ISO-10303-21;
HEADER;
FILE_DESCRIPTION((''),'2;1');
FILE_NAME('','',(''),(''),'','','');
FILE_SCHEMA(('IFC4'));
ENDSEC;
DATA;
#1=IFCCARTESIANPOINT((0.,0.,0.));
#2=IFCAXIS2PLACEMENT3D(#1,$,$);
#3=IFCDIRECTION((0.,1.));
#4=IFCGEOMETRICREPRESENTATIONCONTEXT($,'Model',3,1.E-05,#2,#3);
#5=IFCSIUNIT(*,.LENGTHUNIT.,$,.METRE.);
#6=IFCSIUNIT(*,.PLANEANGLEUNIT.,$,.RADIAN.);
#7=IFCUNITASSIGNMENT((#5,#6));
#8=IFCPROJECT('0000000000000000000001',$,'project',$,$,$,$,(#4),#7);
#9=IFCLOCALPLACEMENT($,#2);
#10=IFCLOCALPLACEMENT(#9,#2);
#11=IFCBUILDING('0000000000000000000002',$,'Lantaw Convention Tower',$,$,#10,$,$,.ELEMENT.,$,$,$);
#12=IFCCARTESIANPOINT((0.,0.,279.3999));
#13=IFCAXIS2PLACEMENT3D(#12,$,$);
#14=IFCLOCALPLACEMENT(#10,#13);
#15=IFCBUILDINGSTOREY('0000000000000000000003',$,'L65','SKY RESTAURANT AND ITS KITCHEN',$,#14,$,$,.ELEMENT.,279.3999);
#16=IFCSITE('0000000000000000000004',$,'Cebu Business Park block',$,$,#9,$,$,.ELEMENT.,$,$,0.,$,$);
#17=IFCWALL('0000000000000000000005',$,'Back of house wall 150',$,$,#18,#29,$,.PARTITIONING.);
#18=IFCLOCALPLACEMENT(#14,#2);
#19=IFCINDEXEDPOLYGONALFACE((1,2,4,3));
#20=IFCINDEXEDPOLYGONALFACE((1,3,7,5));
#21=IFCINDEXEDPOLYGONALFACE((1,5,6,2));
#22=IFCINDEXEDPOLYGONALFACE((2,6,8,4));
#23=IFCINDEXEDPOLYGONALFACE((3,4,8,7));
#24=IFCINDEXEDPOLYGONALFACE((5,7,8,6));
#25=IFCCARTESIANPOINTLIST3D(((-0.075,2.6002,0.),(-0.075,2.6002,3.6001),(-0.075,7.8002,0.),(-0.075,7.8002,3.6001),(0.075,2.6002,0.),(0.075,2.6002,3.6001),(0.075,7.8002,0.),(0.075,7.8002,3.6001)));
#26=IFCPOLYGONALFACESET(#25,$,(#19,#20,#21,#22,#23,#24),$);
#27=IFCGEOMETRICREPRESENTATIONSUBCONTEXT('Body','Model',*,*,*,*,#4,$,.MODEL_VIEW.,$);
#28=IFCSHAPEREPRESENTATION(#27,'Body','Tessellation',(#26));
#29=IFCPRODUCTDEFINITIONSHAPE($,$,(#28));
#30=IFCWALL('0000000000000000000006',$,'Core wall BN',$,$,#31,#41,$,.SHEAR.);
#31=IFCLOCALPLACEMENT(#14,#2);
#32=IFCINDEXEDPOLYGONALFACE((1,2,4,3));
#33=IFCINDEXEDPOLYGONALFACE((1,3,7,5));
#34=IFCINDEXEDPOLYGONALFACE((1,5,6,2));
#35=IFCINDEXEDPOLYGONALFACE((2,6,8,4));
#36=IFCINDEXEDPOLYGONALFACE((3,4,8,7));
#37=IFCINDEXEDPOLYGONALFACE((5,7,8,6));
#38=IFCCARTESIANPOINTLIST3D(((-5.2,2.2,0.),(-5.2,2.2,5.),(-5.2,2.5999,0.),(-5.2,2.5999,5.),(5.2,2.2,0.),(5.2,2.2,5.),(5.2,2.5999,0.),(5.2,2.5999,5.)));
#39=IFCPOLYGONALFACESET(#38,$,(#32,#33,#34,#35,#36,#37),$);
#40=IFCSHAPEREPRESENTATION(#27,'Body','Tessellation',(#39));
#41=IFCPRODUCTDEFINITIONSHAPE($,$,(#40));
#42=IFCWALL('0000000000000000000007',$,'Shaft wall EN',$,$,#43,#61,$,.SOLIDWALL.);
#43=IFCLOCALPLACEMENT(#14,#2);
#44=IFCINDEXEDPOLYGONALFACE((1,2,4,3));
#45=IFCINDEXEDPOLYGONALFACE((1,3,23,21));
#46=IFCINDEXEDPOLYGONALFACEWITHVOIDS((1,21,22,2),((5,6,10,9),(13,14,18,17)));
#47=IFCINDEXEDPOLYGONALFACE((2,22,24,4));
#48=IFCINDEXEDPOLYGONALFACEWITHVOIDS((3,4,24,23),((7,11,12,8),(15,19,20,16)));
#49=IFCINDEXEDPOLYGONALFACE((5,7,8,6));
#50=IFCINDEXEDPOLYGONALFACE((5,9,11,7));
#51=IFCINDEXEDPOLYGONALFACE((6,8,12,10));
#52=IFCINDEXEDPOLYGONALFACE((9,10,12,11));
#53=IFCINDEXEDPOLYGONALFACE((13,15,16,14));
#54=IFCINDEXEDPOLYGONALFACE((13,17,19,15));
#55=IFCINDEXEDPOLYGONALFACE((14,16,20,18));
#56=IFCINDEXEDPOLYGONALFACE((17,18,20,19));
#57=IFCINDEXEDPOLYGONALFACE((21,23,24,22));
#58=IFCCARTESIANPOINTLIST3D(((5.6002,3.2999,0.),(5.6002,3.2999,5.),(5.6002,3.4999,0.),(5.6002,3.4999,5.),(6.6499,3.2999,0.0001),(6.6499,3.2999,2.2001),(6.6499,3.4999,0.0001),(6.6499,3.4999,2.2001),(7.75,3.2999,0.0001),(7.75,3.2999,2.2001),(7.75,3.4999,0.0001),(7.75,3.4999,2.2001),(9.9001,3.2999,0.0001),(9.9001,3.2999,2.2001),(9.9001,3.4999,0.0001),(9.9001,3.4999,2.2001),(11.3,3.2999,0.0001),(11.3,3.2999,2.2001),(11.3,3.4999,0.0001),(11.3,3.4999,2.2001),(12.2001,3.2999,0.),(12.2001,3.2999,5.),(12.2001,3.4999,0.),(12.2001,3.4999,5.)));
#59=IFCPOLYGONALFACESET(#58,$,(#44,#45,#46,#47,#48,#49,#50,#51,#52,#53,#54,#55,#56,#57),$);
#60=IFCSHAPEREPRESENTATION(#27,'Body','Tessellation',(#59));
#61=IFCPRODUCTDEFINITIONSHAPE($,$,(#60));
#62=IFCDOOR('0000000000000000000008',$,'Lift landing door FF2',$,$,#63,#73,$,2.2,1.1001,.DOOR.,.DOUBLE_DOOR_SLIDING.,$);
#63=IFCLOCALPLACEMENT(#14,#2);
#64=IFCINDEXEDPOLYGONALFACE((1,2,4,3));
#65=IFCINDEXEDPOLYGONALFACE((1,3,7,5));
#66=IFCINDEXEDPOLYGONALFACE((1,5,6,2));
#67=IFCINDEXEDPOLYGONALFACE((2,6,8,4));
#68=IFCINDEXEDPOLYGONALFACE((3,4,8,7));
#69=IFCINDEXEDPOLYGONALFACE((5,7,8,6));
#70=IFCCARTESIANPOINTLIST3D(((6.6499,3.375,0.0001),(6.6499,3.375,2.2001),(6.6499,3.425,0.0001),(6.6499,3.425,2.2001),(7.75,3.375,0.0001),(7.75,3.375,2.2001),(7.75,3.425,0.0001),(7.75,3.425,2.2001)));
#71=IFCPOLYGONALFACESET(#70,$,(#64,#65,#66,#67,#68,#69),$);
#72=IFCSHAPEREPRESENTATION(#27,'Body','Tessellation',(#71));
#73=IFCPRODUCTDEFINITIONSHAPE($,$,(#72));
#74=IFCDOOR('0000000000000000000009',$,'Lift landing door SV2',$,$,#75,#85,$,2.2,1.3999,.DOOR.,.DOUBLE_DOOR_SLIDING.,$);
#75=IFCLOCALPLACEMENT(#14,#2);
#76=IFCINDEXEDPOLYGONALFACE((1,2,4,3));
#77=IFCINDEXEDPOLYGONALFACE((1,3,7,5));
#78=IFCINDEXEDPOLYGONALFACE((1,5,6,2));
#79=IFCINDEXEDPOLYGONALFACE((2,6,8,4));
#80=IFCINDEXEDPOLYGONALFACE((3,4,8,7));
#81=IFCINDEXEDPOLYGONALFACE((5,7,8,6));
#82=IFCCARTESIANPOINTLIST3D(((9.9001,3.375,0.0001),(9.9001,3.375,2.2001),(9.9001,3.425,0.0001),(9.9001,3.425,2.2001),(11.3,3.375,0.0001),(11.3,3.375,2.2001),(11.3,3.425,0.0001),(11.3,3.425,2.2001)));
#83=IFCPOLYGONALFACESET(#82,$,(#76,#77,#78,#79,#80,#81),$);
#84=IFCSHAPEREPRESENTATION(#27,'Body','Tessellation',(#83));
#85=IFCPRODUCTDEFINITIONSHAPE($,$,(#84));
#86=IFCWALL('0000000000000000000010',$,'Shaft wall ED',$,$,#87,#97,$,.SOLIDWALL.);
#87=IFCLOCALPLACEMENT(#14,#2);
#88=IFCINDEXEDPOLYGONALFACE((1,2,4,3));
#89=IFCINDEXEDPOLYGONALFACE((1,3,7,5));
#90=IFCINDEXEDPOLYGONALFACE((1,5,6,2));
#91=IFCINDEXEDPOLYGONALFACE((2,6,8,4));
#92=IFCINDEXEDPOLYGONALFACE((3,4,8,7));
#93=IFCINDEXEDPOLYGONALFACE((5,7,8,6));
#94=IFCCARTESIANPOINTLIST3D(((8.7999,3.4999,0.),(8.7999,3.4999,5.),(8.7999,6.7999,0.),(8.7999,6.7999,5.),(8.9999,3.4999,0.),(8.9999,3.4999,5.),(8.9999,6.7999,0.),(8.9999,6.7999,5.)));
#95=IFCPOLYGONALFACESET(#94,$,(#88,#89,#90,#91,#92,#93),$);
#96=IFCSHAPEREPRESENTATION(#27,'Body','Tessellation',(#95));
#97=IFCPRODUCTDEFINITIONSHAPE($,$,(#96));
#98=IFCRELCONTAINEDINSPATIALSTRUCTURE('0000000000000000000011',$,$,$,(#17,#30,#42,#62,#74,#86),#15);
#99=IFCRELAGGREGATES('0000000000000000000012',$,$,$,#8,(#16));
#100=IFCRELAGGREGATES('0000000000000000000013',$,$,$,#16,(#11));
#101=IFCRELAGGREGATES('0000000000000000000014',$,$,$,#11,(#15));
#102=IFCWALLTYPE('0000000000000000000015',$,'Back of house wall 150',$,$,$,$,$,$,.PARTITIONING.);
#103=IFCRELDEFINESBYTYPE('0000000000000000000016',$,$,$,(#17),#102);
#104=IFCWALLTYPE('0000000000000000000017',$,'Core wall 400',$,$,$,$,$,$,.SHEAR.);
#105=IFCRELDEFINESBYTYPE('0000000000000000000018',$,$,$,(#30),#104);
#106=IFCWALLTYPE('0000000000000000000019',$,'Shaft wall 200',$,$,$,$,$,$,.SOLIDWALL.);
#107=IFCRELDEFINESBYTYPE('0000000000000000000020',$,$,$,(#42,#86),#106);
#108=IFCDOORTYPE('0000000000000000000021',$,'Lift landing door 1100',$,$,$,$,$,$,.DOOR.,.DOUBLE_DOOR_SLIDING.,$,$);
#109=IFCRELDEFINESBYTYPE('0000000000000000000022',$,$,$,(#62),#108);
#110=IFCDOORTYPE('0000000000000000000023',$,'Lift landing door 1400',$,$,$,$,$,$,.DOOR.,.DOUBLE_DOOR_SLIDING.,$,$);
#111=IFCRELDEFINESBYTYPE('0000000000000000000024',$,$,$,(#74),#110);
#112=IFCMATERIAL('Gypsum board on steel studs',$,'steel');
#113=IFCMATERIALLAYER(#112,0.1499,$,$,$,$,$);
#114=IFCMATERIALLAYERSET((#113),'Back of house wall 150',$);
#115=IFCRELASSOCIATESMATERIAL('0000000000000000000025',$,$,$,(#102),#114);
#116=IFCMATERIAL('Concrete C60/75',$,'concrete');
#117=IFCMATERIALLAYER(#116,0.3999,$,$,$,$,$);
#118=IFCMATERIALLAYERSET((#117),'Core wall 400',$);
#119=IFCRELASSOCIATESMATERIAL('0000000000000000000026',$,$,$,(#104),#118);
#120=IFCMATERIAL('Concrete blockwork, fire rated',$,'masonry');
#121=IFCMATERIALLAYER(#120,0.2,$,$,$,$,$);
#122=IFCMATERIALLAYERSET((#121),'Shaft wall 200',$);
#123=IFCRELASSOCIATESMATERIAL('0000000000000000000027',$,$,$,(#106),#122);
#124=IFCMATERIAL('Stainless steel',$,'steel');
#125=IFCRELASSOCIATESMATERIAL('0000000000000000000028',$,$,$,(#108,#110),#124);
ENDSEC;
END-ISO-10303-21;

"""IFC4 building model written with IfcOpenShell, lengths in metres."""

from ifc_helpers import new_model, si_unit, direction, frame, frame_2d, origin, place, context, subcontext, project, spatial, rectangle, extrude, material, layer, layer_set, type_object, element, fill, save


model = new_model("IFC4")

# Units and contexts
model_context = context("Model", 3, precision=1e-05, world=origin(), true_north=direction((0.0, 1.0)))
body_context = subcontext(model_context, "Body", "Model", "MODEL_VIEW")
ifc_project = project(units=[si_unit("LENGTHUNIT", "METRE"), si_unit("PLANEANGLEUNIT", "RADIAN")], contexts=[model_context])

# Site, building, storey
site_placement = place(None, origin())
site = spatial("IfcSite", under=ifc_project, at=site_placement, Name="Cebu Business Park block", CompositionType="ELEMENT", RefElevation=0.0)
building_placement = place(site_placement, origin())
building = spatial("IfcBuilding", under=site, at=building_placement, Name="Lantaw Convention Tower", CompositionType="ELEMENT")
storey_placement = place(building_placement, frame((0.0, 0.0, 279.3999)))
storey = spatial("IfcBuildingStorey", under=building, at=storey_placement, Name="L65", Description="SKY RESTAURANT AND ITS KITCHEN", CompositionType="ELEMENT", Elevation=279.3999)

# Walls
ifc_material_1 = material(Name="Gypsum board on steel studs", Category="steel")
ifc_layer_1 = layer(ifc_material_1, 0.1499)
ifc_layer_set_1 = layer_set([ifc_layer_1], Name="Back of house wall 150")
wall_type_1 = type_object("IfcWallType", Name="Back of house wall 150", PredefinedType="PARTITIONING", material=ifc_layer_set_1)
wall_1_placement = place(storey_placement, frame((0.0, 2.6001, 0.0), z_axis=(0.0, 0.0, 1.0), x_axis=(0.0, 1.0, 0.0)))
element("IfcWall", 1, at=wall_1_placement, inside=storey, type_object=wall_type_1, Name="Back of house wall 150", PredefinedType="PARTITIONING", context=body_context, shape_type="SweptSolid", body=[
    extrude(rectangle(XDim=5.2, YDim=0.1499, at=frame_2d((2.6001, 0.0))), origin(), (0.0, 0.0, 1.0), 3.6001),
])
ifc_material_2 = material(Name="Concrete C60/75", Category="concrete")
ifc_layer_2 = layer(ifc_material_2, 0.3999)
ifc_layer_set_2 = layer_set([ifc_layer_2], Name="Core wall 400")
wall_type_2 = type_object("IfcWallType", Name="Core wall 400", PredefinedType="SHEAR", material=ifc_layer_set_2)
wall_2_placement = place(storey_placement, frame((5.2, 2.3999, 0.0), z_axis=(0.0, 0.0, 1.0), x_axis=(-1.0, 0.0, 0.0)))
element("IfcWall", 2, at=wall_2_placement, inside=storey, type_object=wall_type_2, Name="Core wall BN", PredefinedType="SHEAR", context=body_context, shape_type="SweptSolid", body=[
    extrude(rectangle(XDim=10.3999, YDim=0.3999, at=frame_2d((5.2, 0.0))), origin(), (0.0, 0.0, 1.0), 5.0),
])

# Wall, openings, doors
ifc_material_3 = material(Name="Concrete blockwork, fire rated", Category="masonry")
ifc_layer_3 = layer(ifc_material_3, 0.2)
ifc_layer_set_3 = layer_set([ifc_layer_3], Name="Shaft wall 200")
wall_type_3 = type_object("IfcWallType", Name="Shaft wall 200", PredefinedType="SOLIDWALL", material=ifc_layer_set_3)
wall_3_placement = place(storey_placement, frame((12.2, 3.3999, 0.0), z_axis=(0.0, 0.0, 1.0), x_axis=(-1.0, 0.0, 0.0)))
wall_3 = element("IfcWall", 3, at=wall_3_placement, inside=storey, type_object=wall_type_3, Name="Shaft wall EN", PredefinedType="SOLIDWALL", context=body_context, shape_type="SweptSolid", body=[
    extrude(rectangle(XDim=6.5999, YDim=0.2, at=frame_2d((3.2998, 0.0))), origin(), (0.0, 0.0, 1.0), 5.0),
])
opening_1_placement = place(wall_3_placement, frame((4.45, 0.0, 0.0)))
opening_1 = element("IfcOpeningElement", 4, at=opening_1_placement, cuts=wall_3, PredefinedType="OPENING", context=body_context, shape_type="SweptSolid", body=[
    extrude(rectangle(XDim=1.1001, YDim=2.2, at=frame_2d((0.55, 1.1001))), frame((0.0, 0.1099, 0.0), z_axis=(0.0, -1.0, 0.0), x_axis=(1.0, 0.0, 0.0)), (0.0, 0.0, 1.0), 0.22),
])
opening_2_placement = place(wall_3_placement, frame((0.8999, 0.0, 0.0)))
opening_2 = element("IfcOpeningElement", 5, at=opening_2_placement, cuts=wall_3, PredefinedType="OPENING", context=body_context, shape_type="SweptSolid", body=[
    extrude(rectangle(XDim=1.3999, YDim=2.2, at=frame_2d((0.7, 1.1001))), frame((0.0, 0.1099, 0.0), z_axis=(0.0, -1.0, 0.0), x_axis=(1.0, 0.0, 0.0)), (0.0, 0.0, 1.0), 0.22),
])
ifc_material_4 = material(Name="Stainless steel", Category="steel")
door_type_1 = type_object("IfcDoorType", Name="Lift landing door 1100", OperationType="DOUBLE_DOOR_SLIDING", PredefinedType="DOOR", material=ifc_material_4)
door_1_placement = place(opening_1_placement, origin())
door_1 = element("IfcDoor", 6, at=door_1_placement, inside=storey, type_object=door_type_1, Name="Lift landing door FF2", OperationType="DOUBLE_DOOR_SLIDING", OverallHeight=2.2, OverallWidth=1.1001, PredefinedType="DOOR", context=body_context, shape_type="SweptSolid", body=[
    extrude(rectangle(XDim=1.1001, YDim=2.2, at=frame_2d((0.55, 1.1001))), frame((0.0, 0.0249, 0.0), z_axis=(0.0, -1.0, 0.0), x_axis=(1.0, 0.0, 0.0)), (0.0, 0.0, 1.0), 0.05),
])
fill(opening_1, door_1)
door_type_2 = type_object("IfcDoorType", Name="Lift landing door 1400", OperationType="DOUBLE_DOOR_SLIDING", PredefinedType="DOOR", material=ifc_material_4)
door_2_placement = place(opening_2_placement, origin())
door_2 = element("IfcDoor", 7, at=door_2_placement, inside=storey, type_object=door_type_2, Name="Lift landing door SV2", OperationType="DOUBLE_DOOR_SLIDING", OverallHeight=2.2, OverallWidth=1.3999, PredefinedType="DOOR", context=body_context, shape_type="SweptSolid", body=[
    extrude(rectangle(XDim=1.3999, YDim=2.2, at=frame_2d((0.7, 1.1001))), frame((0.0, 0.0249, 0.0), z_axis=(0.0, -1.0, 0.0), x_axis=(1.0, 0.0, 0.0)), (0.0, 0.0, 1.0), 0.05),
])
fill(opening_2, door_2)

# Wall
wall_4_placement = place(storey_placement, frame((8.8999, 3.5, 0.0), z_axis=(0.0, 0.0, 1.0), x_axis=(0.0, 1.0, 0.0)))
element("IfcWall", 8, at=wall_4_placement, inside=storey, type_object=wall_type_3, Name="Shaft wall ED", PredefinedType="SOLIDWALL", context=body_context, shape_type="SweptSolid", body=[
    extrude(rectangle(XDim=3.3, YDim=0.2, at=frame_2d((1.6499, 0.0))), origin(), (0.0, 0.0, 1.0), 5.0),
])

save(model, "model.ifc")
